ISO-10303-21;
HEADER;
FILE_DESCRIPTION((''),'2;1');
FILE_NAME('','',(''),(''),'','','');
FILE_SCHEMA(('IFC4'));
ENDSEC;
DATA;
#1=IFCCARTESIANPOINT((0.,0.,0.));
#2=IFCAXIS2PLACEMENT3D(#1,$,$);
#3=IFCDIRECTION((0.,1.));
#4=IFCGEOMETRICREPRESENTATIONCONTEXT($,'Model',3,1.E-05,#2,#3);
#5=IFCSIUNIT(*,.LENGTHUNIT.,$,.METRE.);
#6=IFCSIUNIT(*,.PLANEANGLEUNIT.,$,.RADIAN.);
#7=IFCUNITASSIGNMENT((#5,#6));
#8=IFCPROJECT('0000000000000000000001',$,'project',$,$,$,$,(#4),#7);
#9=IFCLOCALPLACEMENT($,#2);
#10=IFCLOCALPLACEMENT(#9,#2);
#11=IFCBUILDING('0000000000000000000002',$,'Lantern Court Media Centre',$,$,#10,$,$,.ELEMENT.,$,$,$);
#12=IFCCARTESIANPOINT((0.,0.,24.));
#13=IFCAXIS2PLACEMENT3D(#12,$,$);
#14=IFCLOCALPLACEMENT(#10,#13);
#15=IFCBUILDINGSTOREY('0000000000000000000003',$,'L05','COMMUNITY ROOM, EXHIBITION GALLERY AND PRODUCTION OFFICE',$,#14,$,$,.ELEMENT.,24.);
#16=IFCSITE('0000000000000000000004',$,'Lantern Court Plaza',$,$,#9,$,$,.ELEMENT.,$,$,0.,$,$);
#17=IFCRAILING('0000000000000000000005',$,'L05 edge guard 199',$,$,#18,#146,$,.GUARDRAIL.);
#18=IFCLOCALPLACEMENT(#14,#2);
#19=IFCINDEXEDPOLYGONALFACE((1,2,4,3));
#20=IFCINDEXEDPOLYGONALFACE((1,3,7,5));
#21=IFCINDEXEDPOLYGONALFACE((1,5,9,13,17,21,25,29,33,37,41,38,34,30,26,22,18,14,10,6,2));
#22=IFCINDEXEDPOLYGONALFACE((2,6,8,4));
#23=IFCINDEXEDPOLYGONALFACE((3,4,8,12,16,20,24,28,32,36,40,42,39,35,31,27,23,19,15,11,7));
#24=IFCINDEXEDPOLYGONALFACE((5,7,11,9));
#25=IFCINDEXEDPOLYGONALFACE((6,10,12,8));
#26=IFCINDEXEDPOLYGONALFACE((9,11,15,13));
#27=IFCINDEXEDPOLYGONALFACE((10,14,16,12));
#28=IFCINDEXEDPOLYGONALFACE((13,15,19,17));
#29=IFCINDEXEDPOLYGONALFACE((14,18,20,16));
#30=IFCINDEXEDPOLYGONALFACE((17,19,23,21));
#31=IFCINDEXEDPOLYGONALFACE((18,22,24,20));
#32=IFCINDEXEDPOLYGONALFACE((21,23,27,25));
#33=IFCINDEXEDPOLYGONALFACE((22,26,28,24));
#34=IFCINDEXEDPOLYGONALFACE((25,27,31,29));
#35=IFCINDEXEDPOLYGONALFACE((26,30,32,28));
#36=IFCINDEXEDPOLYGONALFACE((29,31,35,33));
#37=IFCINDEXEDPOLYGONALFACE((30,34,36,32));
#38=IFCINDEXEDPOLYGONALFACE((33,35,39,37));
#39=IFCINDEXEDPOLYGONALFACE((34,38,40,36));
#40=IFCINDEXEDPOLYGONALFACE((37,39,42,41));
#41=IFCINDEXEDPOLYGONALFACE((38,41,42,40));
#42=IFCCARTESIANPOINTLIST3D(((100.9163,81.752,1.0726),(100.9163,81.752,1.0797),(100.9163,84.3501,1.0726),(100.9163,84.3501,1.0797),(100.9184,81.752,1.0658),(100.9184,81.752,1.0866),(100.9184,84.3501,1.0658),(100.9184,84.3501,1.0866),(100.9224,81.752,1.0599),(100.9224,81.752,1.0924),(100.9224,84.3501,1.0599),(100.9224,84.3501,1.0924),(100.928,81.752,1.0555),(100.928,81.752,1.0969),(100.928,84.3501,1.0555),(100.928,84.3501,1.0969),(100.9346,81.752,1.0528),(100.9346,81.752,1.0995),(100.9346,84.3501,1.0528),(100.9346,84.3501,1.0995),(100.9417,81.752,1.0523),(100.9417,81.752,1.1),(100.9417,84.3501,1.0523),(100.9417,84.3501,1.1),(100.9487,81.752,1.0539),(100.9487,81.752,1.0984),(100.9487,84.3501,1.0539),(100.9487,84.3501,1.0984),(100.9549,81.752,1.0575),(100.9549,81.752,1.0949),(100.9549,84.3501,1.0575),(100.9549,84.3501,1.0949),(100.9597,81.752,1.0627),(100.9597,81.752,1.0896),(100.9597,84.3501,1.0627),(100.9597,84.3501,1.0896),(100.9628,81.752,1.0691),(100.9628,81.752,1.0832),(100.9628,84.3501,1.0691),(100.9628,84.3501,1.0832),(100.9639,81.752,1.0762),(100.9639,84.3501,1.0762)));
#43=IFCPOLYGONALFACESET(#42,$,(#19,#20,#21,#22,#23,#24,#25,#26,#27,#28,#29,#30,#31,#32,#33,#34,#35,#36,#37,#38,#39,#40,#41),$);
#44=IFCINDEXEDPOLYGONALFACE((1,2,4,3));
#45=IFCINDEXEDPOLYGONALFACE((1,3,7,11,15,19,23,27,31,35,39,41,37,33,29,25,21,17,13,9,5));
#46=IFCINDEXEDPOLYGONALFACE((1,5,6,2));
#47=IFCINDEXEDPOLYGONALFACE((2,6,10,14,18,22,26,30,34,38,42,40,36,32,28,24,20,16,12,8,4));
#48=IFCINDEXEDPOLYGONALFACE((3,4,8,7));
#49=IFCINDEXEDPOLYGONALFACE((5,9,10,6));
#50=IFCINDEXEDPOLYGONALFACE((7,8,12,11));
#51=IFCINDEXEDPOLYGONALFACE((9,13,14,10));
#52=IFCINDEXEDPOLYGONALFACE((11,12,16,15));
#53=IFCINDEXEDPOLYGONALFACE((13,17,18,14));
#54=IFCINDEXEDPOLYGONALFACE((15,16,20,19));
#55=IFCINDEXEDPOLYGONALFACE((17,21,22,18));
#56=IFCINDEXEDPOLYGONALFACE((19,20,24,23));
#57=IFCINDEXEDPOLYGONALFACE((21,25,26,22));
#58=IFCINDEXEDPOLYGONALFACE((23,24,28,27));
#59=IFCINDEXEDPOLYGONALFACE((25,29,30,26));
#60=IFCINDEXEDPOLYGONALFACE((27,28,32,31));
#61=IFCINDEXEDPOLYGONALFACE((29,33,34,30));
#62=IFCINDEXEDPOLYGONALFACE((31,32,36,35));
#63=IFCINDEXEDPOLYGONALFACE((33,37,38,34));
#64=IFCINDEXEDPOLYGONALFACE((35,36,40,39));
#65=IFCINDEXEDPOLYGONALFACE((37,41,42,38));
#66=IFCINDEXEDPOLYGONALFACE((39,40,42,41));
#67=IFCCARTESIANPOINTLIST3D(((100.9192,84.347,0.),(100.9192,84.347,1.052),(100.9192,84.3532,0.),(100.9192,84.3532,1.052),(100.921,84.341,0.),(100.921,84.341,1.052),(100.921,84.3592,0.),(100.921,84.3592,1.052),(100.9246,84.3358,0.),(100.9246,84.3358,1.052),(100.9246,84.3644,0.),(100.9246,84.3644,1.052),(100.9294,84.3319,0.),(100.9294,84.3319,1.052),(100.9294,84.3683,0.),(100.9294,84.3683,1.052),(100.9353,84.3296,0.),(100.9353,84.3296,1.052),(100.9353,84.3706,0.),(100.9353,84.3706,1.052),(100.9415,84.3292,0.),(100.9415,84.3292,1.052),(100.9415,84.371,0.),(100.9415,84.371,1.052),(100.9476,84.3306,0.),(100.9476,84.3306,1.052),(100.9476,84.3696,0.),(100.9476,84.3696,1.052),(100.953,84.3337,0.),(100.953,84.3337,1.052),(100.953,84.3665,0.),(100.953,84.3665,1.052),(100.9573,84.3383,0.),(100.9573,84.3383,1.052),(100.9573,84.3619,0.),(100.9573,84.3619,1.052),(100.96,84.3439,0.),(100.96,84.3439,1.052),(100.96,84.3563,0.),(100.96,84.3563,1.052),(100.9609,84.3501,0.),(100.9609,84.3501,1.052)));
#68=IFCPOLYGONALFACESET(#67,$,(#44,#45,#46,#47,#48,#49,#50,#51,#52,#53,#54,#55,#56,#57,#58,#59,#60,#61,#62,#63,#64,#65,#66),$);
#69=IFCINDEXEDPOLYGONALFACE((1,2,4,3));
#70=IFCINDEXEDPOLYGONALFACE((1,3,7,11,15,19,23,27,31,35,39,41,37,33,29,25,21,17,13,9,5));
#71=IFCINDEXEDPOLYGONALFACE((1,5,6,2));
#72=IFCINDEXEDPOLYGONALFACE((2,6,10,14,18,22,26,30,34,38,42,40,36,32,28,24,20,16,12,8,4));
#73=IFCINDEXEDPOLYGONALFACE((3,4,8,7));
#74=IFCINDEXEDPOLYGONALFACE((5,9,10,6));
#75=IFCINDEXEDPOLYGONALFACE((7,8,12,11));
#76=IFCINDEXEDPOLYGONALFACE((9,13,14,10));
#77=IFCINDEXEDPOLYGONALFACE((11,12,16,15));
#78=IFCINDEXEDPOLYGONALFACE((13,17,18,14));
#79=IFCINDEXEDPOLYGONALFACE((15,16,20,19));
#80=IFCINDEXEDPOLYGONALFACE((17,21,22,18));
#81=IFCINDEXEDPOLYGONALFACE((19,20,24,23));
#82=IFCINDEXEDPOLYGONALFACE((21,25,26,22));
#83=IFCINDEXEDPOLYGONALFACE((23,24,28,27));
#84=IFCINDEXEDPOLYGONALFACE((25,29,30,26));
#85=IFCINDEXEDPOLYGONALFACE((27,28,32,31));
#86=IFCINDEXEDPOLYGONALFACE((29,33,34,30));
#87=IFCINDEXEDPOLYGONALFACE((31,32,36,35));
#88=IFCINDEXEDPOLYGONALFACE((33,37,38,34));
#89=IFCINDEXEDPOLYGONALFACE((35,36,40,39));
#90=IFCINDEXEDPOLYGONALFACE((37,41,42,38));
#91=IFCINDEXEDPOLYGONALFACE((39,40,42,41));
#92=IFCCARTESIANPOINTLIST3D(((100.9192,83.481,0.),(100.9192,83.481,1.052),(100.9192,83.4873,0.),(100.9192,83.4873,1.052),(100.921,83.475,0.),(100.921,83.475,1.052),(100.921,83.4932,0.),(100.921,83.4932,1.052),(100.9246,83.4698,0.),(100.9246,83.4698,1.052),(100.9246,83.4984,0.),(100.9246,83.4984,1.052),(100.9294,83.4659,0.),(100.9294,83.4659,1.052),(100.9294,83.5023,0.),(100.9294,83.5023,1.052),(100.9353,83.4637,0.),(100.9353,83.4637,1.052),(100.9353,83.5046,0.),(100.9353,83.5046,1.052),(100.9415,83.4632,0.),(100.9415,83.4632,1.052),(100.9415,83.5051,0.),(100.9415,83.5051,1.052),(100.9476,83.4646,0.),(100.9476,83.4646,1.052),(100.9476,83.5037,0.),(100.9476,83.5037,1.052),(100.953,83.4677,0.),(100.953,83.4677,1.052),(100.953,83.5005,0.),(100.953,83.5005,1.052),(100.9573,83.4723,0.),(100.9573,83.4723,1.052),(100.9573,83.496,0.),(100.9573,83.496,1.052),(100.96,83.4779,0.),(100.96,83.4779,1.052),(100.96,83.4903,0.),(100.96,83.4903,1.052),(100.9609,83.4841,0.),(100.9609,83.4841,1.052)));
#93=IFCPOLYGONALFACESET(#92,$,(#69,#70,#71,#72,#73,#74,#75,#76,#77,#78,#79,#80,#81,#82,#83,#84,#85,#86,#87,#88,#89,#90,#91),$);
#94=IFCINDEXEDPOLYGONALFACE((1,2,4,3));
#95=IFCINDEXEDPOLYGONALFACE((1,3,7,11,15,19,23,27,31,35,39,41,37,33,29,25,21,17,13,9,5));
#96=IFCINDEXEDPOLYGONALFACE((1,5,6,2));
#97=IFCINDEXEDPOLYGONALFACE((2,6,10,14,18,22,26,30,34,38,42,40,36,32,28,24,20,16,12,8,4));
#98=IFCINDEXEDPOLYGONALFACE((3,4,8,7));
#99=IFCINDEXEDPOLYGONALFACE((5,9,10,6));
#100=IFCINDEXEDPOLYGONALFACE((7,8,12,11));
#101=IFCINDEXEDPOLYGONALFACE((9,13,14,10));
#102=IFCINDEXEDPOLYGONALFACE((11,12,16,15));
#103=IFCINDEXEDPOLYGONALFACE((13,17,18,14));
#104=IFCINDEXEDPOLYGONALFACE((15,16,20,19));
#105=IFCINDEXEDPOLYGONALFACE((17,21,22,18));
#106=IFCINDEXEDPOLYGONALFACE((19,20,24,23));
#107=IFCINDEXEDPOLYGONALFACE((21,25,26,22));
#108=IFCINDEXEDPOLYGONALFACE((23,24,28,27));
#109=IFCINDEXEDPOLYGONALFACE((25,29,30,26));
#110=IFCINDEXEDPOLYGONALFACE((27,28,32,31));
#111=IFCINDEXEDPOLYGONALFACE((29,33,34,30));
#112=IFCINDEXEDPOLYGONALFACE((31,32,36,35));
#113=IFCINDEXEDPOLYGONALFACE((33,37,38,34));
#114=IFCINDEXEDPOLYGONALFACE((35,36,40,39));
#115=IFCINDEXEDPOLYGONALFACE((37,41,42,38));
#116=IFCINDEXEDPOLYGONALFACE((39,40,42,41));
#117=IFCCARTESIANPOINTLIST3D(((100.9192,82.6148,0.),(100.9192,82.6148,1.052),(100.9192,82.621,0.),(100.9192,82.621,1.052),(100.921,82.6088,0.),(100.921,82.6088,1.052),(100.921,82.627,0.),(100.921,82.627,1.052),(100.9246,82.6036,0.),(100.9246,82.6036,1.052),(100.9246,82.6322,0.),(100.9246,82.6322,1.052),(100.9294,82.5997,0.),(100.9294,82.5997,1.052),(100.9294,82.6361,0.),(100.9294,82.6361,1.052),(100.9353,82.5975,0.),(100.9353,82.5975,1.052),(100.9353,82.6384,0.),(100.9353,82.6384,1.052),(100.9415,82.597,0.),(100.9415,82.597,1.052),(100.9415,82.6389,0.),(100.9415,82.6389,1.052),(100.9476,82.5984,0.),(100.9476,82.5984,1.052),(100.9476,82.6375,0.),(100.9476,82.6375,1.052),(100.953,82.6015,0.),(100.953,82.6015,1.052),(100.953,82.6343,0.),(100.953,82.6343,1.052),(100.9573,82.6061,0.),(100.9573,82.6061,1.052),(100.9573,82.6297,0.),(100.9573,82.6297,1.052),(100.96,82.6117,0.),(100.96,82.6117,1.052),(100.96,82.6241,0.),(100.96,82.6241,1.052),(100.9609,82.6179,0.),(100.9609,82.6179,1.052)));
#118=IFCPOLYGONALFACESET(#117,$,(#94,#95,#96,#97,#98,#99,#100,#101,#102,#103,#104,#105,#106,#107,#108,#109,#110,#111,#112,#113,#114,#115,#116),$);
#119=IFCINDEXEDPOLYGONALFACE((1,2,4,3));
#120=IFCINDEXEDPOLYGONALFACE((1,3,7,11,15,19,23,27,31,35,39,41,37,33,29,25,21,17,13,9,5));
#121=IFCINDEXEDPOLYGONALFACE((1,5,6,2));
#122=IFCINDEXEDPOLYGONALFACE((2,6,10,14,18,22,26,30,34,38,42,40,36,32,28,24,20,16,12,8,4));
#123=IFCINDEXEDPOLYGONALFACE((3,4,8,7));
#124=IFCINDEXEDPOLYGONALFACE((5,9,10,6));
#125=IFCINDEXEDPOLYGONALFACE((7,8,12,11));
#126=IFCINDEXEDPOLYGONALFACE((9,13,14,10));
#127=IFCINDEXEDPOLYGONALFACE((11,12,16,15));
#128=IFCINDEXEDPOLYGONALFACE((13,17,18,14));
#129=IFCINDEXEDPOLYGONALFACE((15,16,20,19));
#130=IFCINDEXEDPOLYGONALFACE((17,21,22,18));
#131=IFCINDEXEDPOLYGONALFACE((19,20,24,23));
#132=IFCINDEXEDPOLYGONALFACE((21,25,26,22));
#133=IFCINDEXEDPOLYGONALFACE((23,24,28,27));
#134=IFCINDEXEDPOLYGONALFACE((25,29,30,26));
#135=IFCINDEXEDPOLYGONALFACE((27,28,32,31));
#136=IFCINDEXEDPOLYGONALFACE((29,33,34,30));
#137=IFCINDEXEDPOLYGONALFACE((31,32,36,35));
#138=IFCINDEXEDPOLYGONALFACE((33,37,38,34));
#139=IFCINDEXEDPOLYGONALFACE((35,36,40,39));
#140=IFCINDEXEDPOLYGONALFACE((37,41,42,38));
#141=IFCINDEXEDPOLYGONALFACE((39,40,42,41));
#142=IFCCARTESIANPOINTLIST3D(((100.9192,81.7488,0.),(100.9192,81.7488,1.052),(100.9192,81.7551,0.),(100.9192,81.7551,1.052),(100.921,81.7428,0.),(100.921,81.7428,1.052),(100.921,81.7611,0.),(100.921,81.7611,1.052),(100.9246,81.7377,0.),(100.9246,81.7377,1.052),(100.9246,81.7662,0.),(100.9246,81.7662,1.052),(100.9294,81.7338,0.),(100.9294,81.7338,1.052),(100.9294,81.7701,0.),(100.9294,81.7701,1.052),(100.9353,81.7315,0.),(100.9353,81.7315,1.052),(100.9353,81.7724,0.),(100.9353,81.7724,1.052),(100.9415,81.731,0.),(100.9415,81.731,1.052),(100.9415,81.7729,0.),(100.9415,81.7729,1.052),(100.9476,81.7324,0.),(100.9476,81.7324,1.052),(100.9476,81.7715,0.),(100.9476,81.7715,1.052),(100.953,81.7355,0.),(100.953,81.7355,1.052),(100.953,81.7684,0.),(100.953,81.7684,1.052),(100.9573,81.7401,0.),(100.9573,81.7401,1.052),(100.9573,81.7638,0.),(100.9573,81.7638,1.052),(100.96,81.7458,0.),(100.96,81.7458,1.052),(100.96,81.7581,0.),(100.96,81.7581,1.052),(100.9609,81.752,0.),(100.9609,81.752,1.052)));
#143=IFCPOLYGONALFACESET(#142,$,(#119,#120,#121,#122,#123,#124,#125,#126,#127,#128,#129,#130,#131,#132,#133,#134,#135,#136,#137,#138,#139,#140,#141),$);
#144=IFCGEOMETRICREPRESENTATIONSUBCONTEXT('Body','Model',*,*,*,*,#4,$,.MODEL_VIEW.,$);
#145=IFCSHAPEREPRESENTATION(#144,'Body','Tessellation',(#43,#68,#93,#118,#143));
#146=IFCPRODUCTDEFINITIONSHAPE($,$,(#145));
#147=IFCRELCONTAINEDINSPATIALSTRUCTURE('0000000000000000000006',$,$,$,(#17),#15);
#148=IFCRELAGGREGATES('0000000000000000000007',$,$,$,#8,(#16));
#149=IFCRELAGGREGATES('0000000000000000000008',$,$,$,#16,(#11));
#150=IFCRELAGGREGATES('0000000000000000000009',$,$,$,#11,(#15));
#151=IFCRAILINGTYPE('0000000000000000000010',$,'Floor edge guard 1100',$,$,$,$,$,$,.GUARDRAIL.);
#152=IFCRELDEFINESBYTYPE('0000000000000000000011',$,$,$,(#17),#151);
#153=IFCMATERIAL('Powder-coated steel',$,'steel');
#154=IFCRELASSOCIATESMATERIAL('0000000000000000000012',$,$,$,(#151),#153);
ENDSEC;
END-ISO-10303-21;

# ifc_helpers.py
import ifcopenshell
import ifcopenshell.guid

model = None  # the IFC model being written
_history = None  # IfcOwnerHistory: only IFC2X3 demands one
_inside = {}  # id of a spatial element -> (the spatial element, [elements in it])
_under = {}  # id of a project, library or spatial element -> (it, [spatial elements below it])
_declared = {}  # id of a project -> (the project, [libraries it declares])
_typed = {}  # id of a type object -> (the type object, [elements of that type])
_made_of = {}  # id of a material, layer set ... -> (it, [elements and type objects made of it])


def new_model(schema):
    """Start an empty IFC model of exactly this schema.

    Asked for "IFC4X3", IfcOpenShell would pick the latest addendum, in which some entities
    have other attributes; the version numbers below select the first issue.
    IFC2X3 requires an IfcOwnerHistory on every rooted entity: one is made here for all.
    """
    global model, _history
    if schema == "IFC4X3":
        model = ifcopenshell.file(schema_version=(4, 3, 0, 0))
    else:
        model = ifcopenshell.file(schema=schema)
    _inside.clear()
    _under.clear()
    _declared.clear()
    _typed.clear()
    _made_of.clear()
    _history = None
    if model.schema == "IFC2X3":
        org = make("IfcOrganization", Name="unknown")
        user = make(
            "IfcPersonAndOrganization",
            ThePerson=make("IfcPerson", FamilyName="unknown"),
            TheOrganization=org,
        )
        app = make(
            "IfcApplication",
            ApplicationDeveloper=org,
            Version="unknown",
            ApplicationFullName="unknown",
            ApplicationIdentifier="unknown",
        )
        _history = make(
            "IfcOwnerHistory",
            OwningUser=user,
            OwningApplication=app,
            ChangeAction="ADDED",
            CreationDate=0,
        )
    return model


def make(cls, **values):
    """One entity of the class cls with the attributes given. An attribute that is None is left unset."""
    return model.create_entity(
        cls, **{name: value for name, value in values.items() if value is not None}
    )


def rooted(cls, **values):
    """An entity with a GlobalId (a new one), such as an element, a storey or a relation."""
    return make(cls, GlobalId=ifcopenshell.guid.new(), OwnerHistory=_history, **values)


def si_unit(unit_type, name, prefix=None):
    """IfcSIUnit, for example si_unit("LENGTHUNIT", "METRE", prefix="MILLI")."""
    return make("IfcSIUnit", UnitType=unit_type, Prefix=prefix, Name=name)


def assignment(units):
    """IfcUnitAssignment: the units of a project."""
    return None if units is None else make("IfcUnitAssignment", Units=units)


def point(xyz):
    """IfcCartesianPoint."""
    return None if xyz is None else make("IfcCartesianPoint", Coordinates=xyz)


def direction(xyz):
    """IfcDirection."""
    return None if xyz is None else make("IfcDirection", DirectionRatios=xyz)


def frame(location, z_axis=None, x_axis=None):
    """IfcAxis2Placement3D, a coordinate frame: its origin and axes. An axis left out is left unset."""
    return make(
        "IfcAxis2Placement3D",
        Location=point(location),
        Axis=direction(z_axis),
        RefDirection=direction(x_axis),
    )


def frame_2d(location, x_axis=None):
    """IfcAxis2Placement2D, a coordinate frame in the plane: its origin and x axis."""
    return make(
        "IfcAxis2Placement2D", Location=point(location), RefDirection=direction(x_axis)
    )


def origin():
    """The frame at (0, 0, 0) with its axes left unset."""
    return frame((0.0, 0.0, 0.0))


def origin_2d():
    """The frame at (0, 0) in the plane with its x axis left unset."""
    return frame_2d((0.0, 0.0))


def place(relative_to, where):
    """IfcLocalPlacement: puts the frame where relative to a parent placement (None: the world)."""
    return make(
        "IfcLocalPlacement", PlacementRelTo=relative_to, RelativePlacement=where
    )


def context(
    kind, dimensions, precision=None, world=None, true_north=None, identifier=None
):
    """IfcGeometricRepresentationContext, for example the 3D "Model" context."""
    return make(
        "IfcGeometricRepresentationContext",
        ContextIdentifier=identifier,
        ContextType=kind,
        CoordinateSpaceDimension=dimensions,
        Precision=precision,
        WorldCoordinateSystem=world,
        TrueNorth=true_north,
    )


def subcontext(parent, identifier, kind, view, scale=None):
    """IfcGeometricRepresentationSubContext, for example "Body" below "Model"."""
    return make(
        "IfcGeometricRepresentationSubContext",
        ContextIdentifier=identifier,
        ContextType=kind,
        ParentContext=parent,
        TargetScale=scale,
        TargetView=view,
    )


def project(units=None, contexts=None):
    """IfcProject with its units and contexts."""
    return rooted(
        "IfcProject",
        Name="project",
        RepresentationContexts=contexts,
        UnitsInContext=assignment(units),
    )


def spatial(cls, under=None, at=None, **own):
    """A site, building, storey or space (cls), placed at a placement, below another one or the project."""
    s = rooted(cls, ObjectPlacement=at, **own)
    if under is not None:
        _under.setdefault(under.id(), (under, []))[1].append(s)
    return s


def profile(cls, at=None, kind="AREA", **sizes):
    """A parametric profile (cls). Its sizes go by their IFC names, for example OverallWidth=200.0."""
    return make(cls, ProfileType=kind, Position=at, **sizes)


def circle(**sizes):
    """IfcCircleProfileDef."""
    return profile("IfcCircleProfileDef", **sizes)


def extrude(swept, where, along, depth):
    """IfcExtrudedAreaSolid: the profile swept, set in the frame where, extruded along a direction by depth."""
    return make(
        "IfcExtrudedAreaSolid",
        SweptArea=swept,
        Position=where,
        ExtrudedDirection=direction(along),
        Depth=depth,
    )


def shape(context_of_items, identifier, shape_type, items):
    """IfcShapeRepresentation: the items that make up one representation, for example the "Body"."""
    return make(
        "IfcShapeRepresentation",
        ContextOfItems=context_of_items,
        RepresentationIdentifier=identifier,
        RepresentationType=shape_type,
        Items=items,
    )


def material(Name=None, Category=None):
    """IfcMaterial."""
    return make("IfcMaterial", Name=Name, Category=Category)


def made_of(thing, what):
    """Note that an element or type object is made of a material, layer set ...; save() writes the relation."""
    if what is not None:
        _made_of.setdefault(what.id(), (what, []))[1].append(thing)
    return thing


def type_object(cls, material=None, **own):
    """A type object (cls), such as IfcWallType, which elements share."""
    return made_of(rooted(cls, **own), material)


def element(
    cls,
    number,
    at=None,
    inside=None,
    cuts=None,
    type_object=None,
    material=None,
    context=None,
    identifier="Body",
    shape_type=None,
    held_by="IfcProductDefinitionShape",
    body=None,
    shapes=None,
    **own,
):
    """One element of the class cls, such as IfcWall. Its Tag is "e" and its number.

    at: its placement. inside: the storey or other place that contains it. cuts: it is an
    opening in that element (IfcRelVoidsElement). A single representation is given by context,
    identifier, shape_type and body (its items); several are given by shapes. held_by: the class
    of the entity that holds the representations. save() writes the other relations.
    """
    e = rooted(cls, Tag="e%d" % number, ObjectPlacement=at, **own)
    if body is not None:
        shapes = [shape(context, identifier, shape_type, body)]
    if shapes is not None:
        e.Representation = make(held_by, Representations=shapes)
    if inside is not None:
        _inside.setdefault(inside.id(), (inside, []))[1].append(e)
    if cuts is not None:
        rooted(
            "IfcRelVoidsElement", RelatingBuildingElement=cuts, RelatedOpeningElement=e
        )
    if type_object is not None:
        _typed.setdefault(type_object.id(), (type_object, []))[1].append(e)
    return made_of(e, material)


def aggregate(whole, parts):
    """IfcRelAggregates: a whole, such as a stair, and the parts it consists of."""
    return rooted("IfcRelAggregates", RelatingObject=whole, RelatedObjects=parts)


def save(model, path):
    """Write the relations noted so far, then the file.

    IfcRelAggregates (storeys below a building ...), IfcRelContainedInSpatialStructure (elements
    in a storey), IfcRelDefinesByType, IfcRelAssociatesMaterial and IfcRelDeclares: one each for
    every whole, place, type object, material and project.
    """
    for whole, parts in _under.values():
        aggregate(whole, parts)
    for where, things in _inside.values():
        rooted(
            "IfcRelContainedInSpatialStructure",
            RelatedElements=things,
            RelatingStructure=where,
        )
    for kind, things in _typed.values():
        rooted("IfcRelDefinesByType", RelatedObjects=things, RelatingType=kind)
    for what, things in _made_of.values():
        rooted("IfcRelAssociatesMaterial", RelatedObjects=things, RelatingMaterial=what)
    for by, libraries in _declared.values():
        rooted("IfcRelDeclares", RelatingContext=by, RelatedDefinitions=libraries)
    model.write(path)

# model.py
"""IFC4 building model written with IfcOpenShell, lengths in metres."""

from ifc_helpers import new_model, si_unit, direction, frame, origin, origin_2d, place, context, subcontext, project, spatial, circle, extrude, material, type_object, element, save


model = new_model("IFC4")

# Units and contexts
model_context = context("Model", 3, precision=1e-05, world=origin(), true_north=direction((0.0, 1.0)))
body_context = subcontext(model_context, "Body", "Model", "MODEL_VIEW")
ifc_project = project(units=[si_unit("LENGTHUNIT", "METRE"), si_unit("PLANEANGLEUNIT", "RADIAN")], contexts=[model_context])

# Site, building, storey
site_placement = place(None, origin())
site = spatial("IfcSite", under=ifc_project, at=site_placement, Name="Lantern Court Plaza", CompositionType="ELEMENT", RefElevation=0.0)
building_placement = place(site_placement, origin())
building = spatial("IfcBuilding", under=site, at=building_placement, Name="Lantern Court Media Centre", CompositionType="ELEMENT")
storey_placement = place(building_placement, frame((0.0, 0.0, 24.0)))
storey = spatial("IfcBuildingStorey", under=building, at=storey_placement, Name="L05", Description="COMMUNITY ROOM, EXHIBITION GALLERY AND PRODUCTION OFFICE", CompositionType="ELEMENT", Elevation=24.0)

# Railing
ifc_material_1 = material(Name="Powder-coated steel", Category="steel")
railing_type = type_object("IfcRailingType", Name="Floor edge guard 1100", PredefinedType="GUARDRAIL", material=ifc_material_1)
railing_1_placement = place(storey_placement, frame((100.9399, 84.3501, 0.0)))
element("IfcRailing", 1, at=railing_1_placement, inside=storey, type_object=railing_type, Name="L05 edge guard 199", PredefinedType="GUARDRAIL", context=body_context, shape_type="SweptSolid", body=[
    extrude(circle(Radius=0.0239, at=origin_2d()), frame((0.0, 0.0, 1.0762), z_axis=(0.0, -1.0, 0.0), x_axis=(1.0, 0.0, 0.0)), (0.0, 0.0, 1.0), 2.5981),
    extrude(circle(Radius=0.021, at=origin_2d()), origin(), (0.0, 0.0, 1.0), 1.052),
    extrude(circle(Radius=0.021, at=origin_2d()), frame((0.0, -0.866, 0.0)), (0.0, 0.0, 1.0), 1.052),
    extrude(circle(Radius=0.021, at=origin_2d()), frame((0.0, -1.7322, 0.0)), (0.0, 0.0, 1.0), 1.052),
    extrude(circle(Radius=0.021, at=origin_2d()), frame((0.0, -2.5981, 0.0)), (0.0, 0.0, 1.0), 1.052),
])

save(model, "model.ifc")
